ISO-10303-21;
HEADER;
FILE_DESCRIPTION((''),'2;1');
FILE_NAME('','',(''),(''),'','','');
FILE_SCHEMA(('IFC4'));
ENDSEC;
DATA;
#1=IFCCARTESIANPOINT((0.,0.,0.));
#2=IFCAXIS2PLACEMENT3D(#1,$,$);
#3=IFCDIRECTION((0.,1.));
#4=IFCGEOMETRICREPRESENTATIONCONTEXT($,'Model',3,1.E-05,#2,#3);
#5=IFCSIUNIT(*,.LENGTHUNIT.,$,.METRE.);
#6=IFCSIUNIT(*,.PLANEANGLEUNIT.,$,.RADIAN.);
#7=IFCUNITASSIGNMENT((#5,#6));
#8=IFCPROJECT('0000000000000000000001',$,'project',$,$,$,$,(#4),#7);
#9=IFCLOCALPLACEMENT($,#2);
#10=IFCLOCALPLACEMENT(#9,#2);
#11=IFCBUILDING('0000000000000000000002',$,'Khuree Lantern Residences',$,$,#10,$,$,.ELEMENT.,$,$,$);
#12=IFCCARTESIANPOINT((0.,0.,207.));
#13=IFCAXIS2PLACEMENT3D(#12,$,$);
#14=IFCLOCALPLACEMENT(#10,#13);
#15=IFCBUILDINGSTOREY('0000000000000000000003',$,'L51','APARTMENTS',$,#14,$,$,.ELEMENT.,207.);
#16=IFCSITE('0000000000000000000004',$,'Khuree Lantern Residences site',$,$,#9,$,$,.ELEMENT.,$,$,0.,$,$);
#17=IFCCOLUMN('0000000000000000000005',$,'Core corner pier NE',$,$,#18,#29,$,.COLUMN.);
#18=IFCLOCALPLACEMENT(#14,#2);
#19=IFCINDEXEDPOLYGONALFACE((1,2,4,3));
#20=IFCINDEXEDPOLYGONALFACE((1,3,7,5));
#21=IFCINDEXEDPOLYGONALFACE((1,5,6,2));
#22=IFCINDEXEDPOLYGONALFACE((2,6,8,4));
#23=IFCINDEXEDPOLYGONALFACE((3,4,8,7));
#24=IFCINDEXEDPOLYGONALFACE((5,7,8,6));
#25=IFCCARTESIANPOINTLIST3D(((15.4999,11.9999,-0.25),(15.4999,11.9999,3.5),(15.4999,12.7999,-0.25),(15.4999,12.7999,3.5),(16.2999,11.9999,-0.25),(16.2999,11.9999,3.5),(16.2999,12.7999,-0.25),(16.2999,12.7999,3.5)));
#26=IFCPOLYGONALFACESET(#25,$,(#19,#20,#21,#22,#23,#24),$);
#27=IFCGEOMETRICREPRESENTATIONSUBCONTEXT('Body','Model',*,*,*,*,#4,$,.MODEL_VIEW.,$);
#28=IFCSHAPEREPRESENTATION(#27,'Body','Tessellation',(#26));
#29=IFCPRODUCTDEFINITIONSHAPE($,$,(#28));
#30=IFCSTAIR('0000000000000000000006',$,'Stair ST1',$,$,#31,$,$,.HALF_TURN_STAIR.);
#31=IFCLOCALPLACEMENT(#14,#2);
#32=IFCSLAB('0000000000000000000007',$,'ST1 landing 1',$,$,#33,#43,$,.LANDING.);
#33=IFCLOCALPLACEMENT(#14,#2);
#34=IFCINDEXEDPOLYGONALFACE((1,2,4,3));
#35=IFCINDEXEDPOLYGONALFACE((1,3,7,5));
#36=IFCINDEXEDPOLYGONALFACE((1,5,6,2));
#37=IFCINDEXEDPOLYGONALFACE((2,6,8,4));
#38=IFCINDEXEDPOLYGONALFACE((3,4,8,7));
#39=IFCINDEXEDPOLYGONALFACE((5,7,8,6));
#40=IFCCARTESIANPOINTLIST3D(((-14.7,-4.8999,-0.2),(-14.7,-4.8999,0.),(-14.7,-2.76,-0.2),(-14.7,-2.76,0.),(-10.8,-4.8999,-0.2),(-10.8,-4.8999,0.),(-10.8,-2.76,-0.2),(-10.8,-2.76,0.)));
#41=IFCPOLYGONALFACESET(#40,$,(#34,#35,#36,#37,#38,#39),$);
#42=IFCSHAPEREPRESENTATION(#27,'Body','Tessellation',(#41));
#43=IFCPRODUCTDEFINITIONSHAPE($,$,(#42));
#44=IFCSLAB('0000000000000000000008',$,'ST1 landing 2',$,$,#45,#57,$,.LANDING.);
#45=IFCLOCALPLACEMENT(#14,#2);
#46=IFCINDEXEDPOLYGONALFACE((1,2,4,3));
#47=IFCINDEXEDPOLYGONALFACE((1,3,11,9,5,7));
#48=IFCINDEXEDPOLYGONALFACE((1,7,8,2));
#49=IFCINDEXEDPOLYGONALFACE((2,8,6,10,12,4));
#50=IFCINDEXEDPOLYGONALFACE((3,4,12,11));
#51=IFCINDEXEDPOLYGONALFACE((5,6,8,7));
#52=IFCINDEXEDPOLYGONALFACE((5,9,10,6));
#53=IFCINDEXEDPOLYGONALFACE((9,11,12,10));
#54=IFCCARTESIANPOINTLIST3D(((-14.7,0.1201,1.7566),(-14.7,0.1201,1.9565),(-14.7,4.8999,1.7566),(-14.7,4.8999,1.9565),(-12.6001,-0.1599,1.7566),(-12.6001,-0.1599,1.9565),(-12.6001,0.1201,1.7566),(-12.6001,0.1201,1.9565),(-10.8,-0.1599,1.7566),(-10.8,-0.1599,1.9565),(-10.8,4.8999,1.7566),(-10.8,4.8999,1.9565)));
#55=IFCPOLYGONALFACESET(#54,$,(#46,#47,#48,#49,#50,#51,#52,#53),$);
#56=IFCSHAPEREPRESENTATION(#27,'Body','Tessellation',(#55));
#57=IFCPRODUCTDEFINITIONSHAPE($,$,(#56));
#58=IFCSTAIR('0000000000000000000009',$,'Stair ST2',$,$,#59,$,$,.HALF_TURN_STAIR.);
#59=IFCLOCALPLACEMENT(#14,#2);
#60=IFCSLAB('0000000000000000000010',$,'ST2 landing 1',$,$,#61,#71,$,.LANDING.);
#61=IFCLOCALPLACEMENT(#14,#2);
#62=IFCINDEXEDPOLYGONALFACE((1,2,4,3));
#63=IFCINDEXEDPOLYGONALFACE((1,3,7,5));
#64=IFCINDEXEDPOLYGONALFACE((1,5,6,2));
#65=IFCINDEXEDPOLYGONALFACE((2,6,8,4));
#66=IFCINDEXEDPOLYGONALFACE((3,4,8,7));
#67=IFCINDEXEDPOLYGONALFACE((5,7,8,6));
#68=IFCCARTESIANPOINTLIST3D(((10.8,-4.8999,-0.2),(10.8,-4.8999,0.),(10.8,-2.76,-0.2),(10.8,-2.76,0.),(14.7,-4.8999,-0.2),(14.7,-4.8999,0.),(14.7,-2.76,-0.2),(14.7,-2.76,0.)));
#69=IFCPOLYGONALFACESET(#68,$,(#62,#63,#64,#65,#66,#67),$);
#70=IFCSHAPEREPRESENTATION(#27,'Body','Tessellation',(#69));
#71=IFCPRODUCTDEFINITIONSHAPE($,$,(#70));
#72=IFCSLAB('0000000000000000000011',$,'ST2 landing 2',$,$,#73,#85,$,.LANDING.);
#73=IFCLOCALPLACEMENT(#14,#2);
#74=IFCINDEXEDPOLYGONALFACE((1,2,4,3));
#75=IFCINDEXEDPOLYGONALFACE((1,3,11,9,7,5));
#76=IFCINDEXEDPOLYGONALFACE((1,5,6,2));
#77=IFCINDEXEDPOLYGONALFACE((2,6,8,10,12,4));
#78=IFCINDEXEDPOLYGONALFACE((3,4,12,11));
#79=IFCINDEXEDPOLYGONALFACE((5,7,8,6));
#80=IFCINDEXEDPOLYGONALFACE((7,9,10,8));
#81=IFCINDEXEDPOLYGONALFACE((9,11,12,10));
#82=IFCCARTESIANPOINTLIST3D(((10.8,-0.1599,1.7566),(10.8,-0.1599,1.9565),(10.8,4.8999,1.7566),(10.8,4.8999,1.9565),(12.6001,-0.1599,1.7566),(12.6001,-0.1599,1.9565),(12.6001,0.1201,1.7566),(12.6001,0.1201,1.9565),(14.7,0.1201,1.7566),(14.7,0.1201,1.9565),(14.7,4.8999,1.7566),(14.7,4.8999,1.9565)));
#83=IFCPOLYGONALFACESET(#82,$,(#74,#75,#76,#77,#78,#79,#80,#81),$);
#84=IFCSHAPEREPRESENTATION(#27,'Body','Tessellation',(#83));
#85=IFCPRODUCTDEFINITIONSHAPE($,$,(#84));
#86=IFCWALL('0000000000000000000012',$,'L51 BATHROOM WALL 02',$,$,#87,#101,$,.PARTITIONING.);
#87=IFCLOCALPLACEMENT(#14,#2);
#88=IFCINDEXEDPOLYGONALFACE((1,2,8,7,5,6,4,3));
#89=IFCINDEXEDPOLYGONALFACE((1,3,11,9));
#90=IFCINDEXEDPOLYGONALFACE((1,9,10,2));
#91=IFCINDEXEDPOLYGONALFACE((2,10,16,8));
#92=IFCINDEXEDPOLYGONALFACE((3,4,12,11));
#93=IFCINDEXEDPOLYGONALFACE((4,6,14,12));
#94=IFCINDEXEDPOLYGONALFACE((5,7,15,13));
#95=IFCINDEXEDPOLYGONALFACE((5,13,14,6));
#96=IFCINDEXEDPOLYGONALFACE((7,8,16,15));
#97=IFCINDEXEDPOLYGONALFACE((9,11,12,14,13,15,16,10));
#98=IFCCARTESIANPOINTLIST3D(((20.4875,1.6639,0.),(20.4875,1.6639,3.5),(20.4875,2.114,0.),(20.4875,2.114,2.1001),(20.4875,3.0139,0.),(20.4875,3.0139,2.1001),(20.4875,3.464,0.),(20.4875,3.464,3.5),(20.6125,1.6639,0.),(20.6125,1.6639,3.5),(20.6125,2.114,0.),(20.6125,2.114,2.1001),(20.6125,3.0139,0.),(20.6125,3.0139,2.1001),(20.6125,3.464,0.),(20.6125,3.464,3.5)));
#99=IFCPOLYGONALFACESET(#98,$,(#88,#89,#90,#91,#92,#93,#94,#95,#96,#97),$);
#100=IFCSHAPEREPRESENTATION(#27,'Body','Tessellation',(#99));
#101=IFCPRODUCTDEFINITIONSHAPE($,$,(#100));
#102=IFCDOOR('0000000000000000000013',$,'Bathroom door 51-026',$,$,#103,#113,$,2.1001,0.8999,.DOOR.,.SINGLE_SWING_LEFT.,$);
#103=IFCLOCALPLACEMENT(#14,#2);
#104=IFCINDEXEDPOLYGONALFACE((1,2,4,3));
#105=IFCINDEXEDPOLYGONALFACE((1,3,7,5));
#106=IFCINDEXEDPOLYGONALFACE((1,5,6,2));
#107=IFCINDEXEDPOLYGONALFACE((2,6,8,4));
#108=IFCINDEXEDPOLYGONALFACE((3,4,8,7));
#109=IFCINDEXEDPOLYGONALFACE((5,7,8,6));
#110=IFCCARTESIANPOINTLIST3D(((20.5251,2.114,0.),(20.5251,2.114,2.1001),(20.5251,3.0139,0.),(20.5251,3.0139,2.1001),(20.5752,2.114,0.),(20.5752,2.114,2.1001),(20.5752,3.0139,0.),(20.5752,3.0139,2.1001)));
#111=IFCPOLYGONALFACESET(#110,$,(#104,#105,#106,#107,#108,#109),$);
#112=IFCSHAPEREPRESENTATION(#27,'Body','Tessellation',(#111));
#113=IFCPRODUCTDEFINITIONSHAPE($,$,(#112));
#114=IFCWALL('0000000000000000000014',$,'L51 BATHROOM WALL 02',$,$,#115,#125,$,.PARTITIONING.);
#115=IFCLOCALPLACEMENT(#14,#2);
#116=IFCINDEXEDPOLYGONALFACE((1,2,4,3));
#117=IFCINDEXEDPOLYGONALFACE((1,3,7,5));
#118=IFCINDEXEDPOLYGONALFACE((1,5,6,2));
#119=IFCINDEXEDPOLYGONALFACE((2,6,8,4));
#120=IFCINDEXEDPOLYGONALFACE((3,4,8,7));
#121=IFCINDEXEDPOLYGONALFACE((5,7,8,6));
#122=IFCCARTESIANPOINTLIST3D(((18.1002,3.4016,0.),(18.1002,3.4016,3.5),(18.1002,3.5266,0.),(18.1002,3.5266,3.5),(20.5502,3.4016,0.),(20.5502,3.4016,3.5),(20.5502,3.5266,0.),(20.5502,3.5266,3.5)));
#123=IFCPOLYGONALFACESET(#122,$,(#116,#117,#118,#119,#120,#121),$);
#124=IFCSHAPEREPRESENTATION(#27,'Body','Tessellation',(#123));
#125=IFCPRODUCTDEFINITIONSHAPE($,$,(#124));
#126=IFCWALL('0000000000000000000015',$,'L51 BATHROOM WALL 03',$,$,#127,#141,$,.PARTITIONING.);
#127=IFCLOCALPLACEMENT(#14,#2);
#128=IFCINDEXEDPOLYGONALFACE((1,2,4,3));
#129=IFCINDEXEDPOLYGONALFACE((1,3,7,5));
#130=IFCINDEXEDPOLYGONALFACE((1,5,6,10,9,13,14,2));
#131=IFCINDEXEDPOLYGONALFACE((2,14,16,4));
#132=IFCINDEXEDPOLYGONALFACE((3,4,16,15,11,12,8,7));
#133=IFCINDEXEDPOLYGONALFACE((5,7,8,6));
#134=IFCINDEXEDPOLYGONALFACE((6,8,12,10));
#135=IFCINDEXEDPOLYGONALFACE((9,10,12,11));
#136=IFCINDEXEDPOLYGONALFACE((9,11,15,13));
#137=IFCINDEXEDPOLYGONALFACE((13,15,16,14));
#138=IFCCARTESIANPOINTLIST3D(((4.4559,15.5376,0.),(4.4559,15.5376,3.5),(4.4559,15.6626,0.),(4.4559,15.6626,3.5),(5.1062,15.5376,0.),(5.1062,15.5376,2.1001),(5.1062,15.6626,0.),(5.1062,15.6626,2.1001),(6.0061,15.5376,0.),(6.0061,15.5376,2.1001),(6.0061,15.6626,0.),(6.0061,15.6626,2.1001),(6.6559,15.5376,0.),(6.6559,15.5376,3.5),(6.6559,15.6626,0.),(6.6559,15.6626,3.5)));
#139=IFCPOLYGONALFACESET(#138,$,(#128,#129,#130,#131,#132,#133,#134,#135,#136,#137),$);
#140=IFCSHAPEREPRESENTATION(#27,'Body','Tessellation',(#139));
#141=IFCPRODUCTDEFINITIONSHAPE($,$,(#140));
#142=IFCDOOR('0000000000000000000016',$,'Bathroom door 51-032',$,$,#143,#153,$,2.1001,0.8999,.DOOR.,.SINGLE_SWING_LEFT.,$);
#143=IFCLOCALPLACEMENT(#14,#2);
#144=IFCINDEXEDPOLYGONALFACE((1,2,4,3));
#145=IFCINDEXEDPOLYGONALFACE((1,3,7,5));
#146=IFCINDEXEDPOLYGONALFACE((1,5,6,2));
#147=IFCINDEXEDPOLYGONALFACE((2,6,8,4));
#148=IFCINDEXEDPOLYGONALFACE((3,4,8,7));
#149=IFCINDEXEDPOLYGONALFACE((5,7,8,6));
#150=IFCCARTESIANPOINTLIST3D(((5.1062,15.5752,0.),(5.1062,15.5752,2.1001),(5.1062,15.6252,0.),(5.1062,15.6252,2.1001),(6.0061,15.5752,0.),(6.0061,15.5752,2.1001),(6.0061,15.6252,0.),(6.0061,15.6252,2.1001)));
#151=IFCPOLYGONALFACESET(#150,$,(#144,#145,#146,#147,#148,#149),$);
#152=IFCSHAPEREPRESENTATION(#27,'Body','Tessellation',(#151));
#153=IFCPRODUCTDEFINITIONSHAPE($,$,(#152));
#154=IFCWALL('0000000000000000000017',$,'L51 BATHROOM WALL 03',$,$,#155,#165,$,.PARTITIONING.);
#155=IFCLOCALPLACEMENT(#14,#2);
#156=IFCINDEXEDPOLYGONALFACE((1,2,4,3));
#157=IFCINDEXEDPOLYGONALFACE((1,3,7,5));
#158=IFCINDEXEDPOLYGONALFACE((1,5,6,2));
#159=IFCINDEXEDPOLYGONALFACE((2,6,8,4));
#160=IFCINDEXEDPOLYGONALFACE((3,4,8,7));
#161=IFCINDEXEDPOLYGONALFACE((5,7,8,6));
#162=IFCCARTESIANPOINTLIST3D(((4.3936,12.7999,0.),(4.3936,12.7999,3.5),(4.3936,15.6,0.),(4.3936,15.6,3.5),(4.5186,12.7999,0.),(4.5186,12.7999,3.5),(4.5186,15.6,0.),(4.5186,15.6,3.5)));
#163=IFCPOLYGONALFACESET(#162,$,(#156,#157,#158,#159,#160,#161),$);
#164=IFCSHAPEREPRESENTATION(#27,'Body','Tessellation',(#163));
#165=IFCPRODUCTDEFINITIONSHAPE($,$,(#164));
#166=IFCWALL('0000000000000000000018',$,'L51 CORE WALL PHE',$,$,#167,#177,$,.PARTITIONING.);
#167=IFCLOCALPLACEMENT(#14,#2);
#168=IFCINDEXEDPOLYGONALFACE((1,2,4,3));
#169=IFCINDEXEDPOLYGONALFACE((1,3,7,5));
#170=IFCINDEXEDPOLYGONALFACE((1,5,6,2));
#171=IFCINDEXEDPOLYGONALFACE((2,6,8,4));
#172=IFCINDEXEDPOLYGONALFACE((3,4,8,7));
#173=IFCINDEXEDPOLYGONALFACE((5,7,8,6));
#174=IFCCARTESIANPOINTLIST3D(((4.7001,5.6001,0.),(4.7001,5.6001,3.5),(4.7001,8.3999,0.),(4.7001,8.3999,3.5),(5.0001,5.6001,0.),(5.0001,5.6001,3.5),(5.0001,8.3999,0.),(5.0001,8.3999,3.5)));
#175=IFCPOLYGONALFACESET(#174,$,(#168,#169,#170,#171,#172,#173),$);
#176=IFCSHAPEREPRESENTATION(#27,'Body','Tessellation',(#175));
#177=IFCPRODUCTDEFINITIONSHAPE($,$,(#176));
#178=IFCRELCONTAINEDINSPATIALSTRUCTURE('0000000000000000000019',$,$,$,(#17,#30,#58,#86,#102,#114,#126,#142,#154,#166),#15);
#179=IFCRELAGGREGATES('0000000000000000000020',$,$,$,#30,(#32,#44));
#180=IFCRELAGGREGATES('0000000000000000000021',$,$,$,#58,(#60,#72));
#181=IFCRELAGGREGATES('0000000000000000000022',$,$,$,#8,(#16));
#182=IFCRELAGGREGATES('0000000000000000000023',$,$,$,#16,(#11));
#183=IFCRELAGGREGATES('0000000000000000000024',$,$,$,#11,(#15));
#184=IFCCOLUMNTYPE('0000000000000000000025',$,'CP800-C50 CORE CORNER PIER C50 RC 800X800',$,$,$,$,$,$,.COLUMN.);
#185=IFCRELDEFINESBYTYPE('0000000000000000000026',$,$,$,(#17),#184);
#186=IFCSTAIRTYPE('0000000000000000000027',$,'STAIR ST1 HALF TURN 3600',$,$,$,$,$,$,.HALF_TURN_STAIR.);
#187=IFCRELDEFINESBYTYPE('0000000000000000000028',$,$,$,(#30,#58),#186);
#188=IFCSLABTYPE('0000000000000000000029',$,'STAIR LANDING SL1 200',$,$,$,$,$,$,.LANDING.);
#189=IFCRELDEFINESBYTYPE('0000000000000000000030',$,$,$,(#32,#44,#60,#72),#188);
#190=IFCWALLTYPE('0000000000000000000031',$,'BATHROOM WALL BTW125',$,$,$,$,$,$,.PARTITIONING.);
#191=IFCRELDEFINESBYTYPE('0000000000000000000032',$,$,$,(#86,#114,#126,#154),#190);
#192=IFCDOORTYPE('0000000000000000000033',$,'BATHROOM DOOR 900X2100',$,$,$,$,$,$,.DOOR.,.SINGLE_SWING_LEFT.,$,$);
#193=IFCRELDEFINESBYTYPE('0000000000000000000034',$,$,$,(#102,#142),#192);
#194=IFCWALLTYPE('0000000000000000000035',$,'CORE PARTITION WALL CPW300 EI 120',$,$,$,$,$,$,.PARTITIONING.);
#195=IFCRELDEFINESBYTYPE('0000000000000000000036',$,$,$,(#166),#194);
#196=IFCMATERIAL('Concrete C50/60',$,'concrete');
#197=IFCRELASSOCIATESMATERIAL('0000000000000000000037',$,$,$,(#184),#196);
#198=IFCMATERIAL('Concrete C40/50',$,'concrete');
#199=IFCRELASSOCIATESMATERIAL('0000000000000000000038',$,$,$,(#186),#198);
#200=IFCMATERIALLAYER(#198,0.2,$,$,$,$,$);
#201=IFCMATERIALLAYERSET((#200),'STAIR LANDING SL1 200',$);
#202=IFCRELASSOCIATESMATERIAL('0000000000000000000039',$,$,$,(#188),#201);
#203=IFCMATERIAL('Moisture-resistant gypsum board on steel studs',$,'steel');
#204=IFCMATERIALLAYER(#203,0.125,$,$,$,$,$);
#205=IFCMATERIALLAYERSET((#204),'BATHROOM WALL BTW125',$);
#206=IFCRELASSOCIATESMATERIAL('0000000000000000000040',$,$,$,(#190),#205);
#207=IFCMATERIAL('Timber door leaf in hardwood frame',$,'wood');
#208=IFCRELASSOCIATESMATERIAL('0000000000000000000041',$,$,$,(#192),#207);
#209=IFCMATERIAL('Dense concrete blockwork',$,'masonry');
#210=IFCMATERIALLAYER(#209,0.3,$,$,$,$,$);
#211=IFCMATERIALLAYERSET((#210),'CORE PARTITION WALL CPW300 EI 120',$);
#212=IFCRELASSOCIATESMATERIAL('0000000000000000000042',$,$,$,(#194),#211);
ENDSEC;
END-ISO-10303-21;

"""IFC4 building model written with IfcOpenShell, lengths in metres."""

from ifc_helpers import new_model, si_unit, direction, frame, frame_2d, origin, origin_2d, place, context, subcontext, project, spatial, polyline, rectangle, outline, extrude, material, layer, layer_set, material_profile, profile_set, type_object, element, fill, aggregate, save


model = new_model("IFC4")

# Units and contexts
model_context = context("Model", 3, precision=1e-05, world=origin(), true_north=direction((0.0, 1.0)))
body_context = subcontext(model_context, "Body", "Model", "MODEL_VIEW")
ifc_project = project(units=[si_unit("LENGTHUNIT", "METRE"), si_unit("PLANEANGLEUNIT", "RADIAN")], contexts=[model_context])

# Site, building, storey
site_placement = place(None, origin())
site = spatial("IfcSite", under=ifc_project, at=site_placement, Name="Khuree Lantern Residences site", CompositionType="ELEMENT", RefElevation=0.0)
building_placement = place(site_placement, origin())
building = spatial("IfcBuilding", under=site, at=building_placement, Name="Khuree Lantern Residences", CompositionType="ELEMENT")
storey_placement = place(building_placement, frame((0.0, 0.0, 207.0)))
storey = spatial("IfcBuildingStorey", under=building, at=storey_placement, Name="L51", Description="APARTMENTS", CompositionType="ELEMENT", Elevation=207.0)

# Column
ifc_material_1 = material(Name="Concrete C50/60", Category="concrete")
ifc_material_profile = material_profile(ifc_material_1, rectangle(XDim=0.8, YDim=0.8, at=origin_2d()), Name="RC 800X800")
ifc_profile_set = profile_set([ifc_material_profile], Name="Concrete C50/60")
column_type = type_object("IfcColumnType", Name="CP800-C50 CORE CORNER PIER C50 RC 800X800", PredefinedType="COLUMN", material=ifc_profile_set)
column_placement = place(storey_placement, frame((15.8999, 12.3999, -0.25), z_axis=(0.0, 0.0, 1.0), x_axis=(1.0, 0.0, 0.0)))
element("IfcColumn", 1, at=column_placement, inside=storey, type_object=column_type, Name="Core corner pier NE", PredefinedType="COLUMN", context=body_context, shape_type="SweptSolid", body=[
    extrude(rectangle(XDim=0.8, YDim=0.8, at=origin_2d()), origin(), (0.0, 0.0, 1.0), 3.75),
])

# Stairs, slabs
ifc_material_2 = material(Name="Concrete C40/50", Category="concrete")
stair_type = type_object("IfcStairType", Name="STAIR ST1 HALF TURN 3600", PredefinedType="HALF_TURN_STAIR", material=ifc_material_2)
stair_1_placement = place(storey_placement, origin())
stair_1 = element("IfcStair", 2, at=stair_1_placement, inside=storey, type_object=stair_type, Name="Stair ST1", PredefinedType="HALF_TURN_STAIR")
ifc_layer_1 = layer(ifc_material_2, 0.2)
ifc_layer_set_1 = layer_set([ifc_layer_1], Name="STAIR LANDING SL1 200")
slab_type = type_object("IfcSlabType", Name="STAIR LANDING SL1 200", PredefinedType="LANDING", material=ifc_layer_set_1)
slab_1_placement = place(storey_placement, frame((0.0, 0.0, -0.2)))
slab_1 = element("IfcSlab", 3, at=slab_1_placement, type_object=slab_type, Name="ST1 landing 1", PredefinedType="LANDING", context=body_context, shape_type="SweptSolid", body=[
    extrude(outline(polyline([(-14.7, -4.8999), (-10.8, -4.8999), (-10.8, -2.76), (-14.7, -2.76), (-14.7, -4.8999)])), origin(), (0.0, 0.0, 1.0), 0.2),
])
slab_2_placement = place(storey_placement, frame((0.0, 0.0, 1.7566)))
slab_2 = element("IfcSlab", 4, at=slab_2_placement, type_object=slab_type, Name="ST1 landing 2", PredefinedType="LANDING", context=body_context, shape_type="SweptSolid", body=[
    extrude(outline(polyline([(-14.7, 0.1201), (-14.7, 4.8999), (-10.8, 4.8999), (-10.8, -0.1599), (-12.6001, -0.1599), (-12.6001, 0.1201), (-14.7, 0.1201)])), origin(), (0.0, 0.0, 1.0), 0.2),
])
aggregate(stair_1, [slab_1, slab_2])
stair_2_placement = place(storey_placement, origin())
stair_2 = element("IfcStair", 5, at=stair_2_placement, inside=storey, type_object=stair_type, Name="Stair ST2", PredefinedType="HALF_TURN_STAIR")
slab_3_placement = place(storey_placement, frame((0.0, 0.0, -0.2)))
slab_3 = element("IfcSlab", 6, at=slab_3_placement, type_object=slab_type, Name="ST2 landing 1", PredefinedType="LANDING", context=body_context, shape_type="SweptSolid", body=[
    extrude(outline(polyline([(10.8, -4.8999), (14.7, -4.8999), (14.7, -2.76), (10.8, -2.76), (10.8, -4.8999)])), origin(), (0.0, 0.0, 1.0), 0.2),
])
slab_4_placement = place(storey_placement, frame((0.0, 0.0, 1.7566)))
slab_4 = element("IfcSlab", 7, at=slab_4_placement, type_object=slab_type, Name="ST2 landing 2", PredefinedType="LANDING", context=body_context, shape_type="SweptSolid", body=[
    extrude(outline(polyline([(14.7, 4.8999), (14.7, 0.1201), (12.6001, 0.1201), (12.6001, -0.1599), (10.8, -0.1599), (10.8, 4.8999), (14.7, 4.8999)])), origin(), (0.0, 0.0, 1.0), 0.2),
])

# Wall, opening, door
ifc_material_3 = material(Name="Moisture-resistant gypsum board on steel studs", Category="steel")
ifc_layer_2 = layer(ifc_material_3, 0.125)
ifc_layer_set_2 = layer_set([ifc_layer_2], Name="BATHROOM WALL BTW125")
wall_type_1 = type_object("IfcWallType", Name="BATHROOM WALL BTW125", PredefinedType="PARTITIONING", material=ifc_layer_set_2)
wall_1_placement = place(storey_placement, frame((20.55, 1.6641, 0.0), z_axis=(0.0, 0.0, 1.0), x_axis=(0.0, 1.0, 0.0)))
wall_1 = element("IfcWall", 8, at=wall_1_placement, inside=storey, type_object=wall_type_1, Name="L51 BATHROOM WALL 02", PredefinedType="PARTITIONING", context=body_context, shape_type="SweptSolid", body=[
    extrude(rectangle(XDim=1.8, YDim=0.125, at=frame_2d((0.8999, 0.0))), origin(), (0.0, 0.0, 1.0), 3.5),
])
opening_1_placement = place(wall_1_placement, frame((0.45, 0.0, 0.0)))
opening_1 = element("IfcOpeningElement", 9, at=opening_1_placement, cuts=wall_1, PredefinedType="OPENING", context=body_context, shape_type="SweptSolid", body=[
    extrude(rectangle(XDim=0.8999, YDim=2.1001, at=frame_2d((0.45, 1.05))), frame((0.0, 0.0725, 0.0), z_axis=(0.0, -1.0, 0.0), x_axis=(1.0, 0.0, 0.0)), (0.0, 0.0, 1.0), 0.145),
])
ifc_material_4 = material(Name="Timber door leaf in hardwood frame", Category="wood")
door_type_1 = type_object("IfcDoorType", Name="BATHROOM DOOR 900X2100", OperationType="SINGLE_SWING_LEFT", PredefinedType="DOOR", material=ifc_material_4)
door_1_placement = place(opening_1_placement, origin())
door_1 = element("IfcDoor", 10, at=door_1_placement, inside=storey, type_object=door_type_1, Name="Bathroom door 51-026", OperationType="SINGLE_SWING_LEFT", OverallHeight=2.1001, OverallWidth=0.8999, PredefinedType="DOOR", context=body_context, shape_type="SweptSolid", body=[
    extrude(rectangle(XDim=0.8999, YDim=2.1001, at=frame_2d((0.45, 1.05))), frame((0.0, 0.0249, 0.0), z_axis=(0.0, -1.0, 0.0), x_axis=(1.0, 0.0, 0.0)), (0.0, 0.0, 1.0), 0.05),
])
fill(opening_1, door_1)

# Wall
wall_2_placement = place(storey_placement, frame((18.1001, 3.4641, 0.0), z_axis=(0.0, 0.0, 1.0), x_axis=(1.0, 0.0, 0.0)))
element("IfcWall", 11, at=wall_2_placement, inside=storey, type_object=wall_type_1, Name="L51 BATHROOM WALL 02", PredefinedType="PARTITIONING", context=body_context, shape_type="SweptSolid", body=[
    extrude(rectangle(XDim=2.45, YDim=0.125, at=frame_2d((1.2251, 0.0))), origin(), (0.0, 0.0, 1.0), 3.5),
])

# Wall, opening, door
wall_3_placement = place(storey_placement, frame((6.656, 15.6001, 0.0), z_axis=(0.0, 0.0, 1.0), x_axis=(-1.0, 0.0, 0.0)))
wall_3 = element("IfcWall", 12, at=wall_3_placement, inside=storey, type_object=wall_type_1, Name="L51 BATHROOM WALL 03", PredefinedType="PARTITIONING", context=body_context, shape_type="SweptSolid", body=[
    extrude(rectangle(XDim=2.2, YDim=0.125, at=frame_2d((1.1001, 0.0))), origin(), (0.0, 0.0, 1.0), 3.5),
])
opening_2_placement = place(wall_3_placement, frame((0.6499, 0.0, 0.0)))
opening_2 = element("IfcOpeningElement", 13, at=opening_2_placement, cuts=wall_3, PredefinedType="OPENING", context=body_context, shape_type="SweptSolid", body=[
    extrude(rectangle(XDim=0.8999, YDim=2.1001, at=frame_2d((0.45, 1.05))), frame((0.0, 0.0725, 0.0), z_axis=(0.0, -1.0, 0.0), x_axis=(1.0, 0.0, 0.0)), (0.0, 0.0, 1.0), 0.145),
])
door_2_placement = place(opening_2_placement, origin())
door_2 = element("IfcDoor", 14, at=door_2_placement, inside=storey, type_object=door_type_1, Name="Bathroom door 51-032", OperationType="SINGLE_SWING_LEFT", OverallHeight=2.1001, OverallWidth=0.8999, PredefinedType="DOOR", context=body_context, shape_type="SweptSolid", body=[
    extrude(rectangle(XDim=0.8999, YDim=2.1001, at=frame_2d((0.45, 1.05))), frame((0.0, 0.0249, 0.0), z_axis=(0.0, -1.0, 0.0), x_axis=(1.0, 0.0, 0.0)), (0.0, 0.0, 1.0), 0.05),
])
fill(opening_2, door_2)

# Walls
wall_4_placement = place(storey_placement, frame((4.4561, 12.8, 0.0), z_axis=(0.0, 0.0, 1.0), x_axis=(0.0, 1.0, 0.0)))
element("IfcWall", 15, at=wall_4_placement, inside=storey, type_object=wall_type_1, Name="L51 BATHROOM WALL 03", PredefinedType="PARTITIONING", context=body_context, shape_type="SweptSolid", body=[
    extrude(rectangle(XDim=2.8, YDim=0.125, at=frame_2d((1.3999, 0.0))), origin(), (0.0, 0.0, 1.0), 3.5),
])
ifc_material_5 = material(Name="Dense concrete blockwork", Category="masonry")
ifc_layer_3 = layer(ifc_material_5, 0.3)
ifc_layer_set_3 = layer_set([ifc_layer_3], Name="CORE PARTITION WALL CPW300 EI 120")
wall_type_2 = type_object("IfcWallType", Name="CORE PARTITION WALL CPW300 EI 120", PredefinedType="PARTITIONING", material=ifc_layer_set_3)
wall_5_placement = place(storey_placement, frame((4.8501, 5.6001, 0.0), z_axis=(0.0, 0.0, 1.0), x_axis=(0.0, 1.0, 0.0)))
element("IfcWall", 16, at=wall_5_placement, inside=storey, type_object=wall_type_2, Name="L51 CORE WALL PHE", PredefinedType="PARTITIONING", context=body_context, shape_type="SweptSolid", body=[
    extrude(rectangle(XDim=2.7998, YDim=0.3, at=frame_2d((1.3999, 0.0))), origin(), (0.0, 0.0, 1.0), 3.5),
])

aggregate(stair_2, [slab_3, slab_4])

save(model, "model.ifc")
